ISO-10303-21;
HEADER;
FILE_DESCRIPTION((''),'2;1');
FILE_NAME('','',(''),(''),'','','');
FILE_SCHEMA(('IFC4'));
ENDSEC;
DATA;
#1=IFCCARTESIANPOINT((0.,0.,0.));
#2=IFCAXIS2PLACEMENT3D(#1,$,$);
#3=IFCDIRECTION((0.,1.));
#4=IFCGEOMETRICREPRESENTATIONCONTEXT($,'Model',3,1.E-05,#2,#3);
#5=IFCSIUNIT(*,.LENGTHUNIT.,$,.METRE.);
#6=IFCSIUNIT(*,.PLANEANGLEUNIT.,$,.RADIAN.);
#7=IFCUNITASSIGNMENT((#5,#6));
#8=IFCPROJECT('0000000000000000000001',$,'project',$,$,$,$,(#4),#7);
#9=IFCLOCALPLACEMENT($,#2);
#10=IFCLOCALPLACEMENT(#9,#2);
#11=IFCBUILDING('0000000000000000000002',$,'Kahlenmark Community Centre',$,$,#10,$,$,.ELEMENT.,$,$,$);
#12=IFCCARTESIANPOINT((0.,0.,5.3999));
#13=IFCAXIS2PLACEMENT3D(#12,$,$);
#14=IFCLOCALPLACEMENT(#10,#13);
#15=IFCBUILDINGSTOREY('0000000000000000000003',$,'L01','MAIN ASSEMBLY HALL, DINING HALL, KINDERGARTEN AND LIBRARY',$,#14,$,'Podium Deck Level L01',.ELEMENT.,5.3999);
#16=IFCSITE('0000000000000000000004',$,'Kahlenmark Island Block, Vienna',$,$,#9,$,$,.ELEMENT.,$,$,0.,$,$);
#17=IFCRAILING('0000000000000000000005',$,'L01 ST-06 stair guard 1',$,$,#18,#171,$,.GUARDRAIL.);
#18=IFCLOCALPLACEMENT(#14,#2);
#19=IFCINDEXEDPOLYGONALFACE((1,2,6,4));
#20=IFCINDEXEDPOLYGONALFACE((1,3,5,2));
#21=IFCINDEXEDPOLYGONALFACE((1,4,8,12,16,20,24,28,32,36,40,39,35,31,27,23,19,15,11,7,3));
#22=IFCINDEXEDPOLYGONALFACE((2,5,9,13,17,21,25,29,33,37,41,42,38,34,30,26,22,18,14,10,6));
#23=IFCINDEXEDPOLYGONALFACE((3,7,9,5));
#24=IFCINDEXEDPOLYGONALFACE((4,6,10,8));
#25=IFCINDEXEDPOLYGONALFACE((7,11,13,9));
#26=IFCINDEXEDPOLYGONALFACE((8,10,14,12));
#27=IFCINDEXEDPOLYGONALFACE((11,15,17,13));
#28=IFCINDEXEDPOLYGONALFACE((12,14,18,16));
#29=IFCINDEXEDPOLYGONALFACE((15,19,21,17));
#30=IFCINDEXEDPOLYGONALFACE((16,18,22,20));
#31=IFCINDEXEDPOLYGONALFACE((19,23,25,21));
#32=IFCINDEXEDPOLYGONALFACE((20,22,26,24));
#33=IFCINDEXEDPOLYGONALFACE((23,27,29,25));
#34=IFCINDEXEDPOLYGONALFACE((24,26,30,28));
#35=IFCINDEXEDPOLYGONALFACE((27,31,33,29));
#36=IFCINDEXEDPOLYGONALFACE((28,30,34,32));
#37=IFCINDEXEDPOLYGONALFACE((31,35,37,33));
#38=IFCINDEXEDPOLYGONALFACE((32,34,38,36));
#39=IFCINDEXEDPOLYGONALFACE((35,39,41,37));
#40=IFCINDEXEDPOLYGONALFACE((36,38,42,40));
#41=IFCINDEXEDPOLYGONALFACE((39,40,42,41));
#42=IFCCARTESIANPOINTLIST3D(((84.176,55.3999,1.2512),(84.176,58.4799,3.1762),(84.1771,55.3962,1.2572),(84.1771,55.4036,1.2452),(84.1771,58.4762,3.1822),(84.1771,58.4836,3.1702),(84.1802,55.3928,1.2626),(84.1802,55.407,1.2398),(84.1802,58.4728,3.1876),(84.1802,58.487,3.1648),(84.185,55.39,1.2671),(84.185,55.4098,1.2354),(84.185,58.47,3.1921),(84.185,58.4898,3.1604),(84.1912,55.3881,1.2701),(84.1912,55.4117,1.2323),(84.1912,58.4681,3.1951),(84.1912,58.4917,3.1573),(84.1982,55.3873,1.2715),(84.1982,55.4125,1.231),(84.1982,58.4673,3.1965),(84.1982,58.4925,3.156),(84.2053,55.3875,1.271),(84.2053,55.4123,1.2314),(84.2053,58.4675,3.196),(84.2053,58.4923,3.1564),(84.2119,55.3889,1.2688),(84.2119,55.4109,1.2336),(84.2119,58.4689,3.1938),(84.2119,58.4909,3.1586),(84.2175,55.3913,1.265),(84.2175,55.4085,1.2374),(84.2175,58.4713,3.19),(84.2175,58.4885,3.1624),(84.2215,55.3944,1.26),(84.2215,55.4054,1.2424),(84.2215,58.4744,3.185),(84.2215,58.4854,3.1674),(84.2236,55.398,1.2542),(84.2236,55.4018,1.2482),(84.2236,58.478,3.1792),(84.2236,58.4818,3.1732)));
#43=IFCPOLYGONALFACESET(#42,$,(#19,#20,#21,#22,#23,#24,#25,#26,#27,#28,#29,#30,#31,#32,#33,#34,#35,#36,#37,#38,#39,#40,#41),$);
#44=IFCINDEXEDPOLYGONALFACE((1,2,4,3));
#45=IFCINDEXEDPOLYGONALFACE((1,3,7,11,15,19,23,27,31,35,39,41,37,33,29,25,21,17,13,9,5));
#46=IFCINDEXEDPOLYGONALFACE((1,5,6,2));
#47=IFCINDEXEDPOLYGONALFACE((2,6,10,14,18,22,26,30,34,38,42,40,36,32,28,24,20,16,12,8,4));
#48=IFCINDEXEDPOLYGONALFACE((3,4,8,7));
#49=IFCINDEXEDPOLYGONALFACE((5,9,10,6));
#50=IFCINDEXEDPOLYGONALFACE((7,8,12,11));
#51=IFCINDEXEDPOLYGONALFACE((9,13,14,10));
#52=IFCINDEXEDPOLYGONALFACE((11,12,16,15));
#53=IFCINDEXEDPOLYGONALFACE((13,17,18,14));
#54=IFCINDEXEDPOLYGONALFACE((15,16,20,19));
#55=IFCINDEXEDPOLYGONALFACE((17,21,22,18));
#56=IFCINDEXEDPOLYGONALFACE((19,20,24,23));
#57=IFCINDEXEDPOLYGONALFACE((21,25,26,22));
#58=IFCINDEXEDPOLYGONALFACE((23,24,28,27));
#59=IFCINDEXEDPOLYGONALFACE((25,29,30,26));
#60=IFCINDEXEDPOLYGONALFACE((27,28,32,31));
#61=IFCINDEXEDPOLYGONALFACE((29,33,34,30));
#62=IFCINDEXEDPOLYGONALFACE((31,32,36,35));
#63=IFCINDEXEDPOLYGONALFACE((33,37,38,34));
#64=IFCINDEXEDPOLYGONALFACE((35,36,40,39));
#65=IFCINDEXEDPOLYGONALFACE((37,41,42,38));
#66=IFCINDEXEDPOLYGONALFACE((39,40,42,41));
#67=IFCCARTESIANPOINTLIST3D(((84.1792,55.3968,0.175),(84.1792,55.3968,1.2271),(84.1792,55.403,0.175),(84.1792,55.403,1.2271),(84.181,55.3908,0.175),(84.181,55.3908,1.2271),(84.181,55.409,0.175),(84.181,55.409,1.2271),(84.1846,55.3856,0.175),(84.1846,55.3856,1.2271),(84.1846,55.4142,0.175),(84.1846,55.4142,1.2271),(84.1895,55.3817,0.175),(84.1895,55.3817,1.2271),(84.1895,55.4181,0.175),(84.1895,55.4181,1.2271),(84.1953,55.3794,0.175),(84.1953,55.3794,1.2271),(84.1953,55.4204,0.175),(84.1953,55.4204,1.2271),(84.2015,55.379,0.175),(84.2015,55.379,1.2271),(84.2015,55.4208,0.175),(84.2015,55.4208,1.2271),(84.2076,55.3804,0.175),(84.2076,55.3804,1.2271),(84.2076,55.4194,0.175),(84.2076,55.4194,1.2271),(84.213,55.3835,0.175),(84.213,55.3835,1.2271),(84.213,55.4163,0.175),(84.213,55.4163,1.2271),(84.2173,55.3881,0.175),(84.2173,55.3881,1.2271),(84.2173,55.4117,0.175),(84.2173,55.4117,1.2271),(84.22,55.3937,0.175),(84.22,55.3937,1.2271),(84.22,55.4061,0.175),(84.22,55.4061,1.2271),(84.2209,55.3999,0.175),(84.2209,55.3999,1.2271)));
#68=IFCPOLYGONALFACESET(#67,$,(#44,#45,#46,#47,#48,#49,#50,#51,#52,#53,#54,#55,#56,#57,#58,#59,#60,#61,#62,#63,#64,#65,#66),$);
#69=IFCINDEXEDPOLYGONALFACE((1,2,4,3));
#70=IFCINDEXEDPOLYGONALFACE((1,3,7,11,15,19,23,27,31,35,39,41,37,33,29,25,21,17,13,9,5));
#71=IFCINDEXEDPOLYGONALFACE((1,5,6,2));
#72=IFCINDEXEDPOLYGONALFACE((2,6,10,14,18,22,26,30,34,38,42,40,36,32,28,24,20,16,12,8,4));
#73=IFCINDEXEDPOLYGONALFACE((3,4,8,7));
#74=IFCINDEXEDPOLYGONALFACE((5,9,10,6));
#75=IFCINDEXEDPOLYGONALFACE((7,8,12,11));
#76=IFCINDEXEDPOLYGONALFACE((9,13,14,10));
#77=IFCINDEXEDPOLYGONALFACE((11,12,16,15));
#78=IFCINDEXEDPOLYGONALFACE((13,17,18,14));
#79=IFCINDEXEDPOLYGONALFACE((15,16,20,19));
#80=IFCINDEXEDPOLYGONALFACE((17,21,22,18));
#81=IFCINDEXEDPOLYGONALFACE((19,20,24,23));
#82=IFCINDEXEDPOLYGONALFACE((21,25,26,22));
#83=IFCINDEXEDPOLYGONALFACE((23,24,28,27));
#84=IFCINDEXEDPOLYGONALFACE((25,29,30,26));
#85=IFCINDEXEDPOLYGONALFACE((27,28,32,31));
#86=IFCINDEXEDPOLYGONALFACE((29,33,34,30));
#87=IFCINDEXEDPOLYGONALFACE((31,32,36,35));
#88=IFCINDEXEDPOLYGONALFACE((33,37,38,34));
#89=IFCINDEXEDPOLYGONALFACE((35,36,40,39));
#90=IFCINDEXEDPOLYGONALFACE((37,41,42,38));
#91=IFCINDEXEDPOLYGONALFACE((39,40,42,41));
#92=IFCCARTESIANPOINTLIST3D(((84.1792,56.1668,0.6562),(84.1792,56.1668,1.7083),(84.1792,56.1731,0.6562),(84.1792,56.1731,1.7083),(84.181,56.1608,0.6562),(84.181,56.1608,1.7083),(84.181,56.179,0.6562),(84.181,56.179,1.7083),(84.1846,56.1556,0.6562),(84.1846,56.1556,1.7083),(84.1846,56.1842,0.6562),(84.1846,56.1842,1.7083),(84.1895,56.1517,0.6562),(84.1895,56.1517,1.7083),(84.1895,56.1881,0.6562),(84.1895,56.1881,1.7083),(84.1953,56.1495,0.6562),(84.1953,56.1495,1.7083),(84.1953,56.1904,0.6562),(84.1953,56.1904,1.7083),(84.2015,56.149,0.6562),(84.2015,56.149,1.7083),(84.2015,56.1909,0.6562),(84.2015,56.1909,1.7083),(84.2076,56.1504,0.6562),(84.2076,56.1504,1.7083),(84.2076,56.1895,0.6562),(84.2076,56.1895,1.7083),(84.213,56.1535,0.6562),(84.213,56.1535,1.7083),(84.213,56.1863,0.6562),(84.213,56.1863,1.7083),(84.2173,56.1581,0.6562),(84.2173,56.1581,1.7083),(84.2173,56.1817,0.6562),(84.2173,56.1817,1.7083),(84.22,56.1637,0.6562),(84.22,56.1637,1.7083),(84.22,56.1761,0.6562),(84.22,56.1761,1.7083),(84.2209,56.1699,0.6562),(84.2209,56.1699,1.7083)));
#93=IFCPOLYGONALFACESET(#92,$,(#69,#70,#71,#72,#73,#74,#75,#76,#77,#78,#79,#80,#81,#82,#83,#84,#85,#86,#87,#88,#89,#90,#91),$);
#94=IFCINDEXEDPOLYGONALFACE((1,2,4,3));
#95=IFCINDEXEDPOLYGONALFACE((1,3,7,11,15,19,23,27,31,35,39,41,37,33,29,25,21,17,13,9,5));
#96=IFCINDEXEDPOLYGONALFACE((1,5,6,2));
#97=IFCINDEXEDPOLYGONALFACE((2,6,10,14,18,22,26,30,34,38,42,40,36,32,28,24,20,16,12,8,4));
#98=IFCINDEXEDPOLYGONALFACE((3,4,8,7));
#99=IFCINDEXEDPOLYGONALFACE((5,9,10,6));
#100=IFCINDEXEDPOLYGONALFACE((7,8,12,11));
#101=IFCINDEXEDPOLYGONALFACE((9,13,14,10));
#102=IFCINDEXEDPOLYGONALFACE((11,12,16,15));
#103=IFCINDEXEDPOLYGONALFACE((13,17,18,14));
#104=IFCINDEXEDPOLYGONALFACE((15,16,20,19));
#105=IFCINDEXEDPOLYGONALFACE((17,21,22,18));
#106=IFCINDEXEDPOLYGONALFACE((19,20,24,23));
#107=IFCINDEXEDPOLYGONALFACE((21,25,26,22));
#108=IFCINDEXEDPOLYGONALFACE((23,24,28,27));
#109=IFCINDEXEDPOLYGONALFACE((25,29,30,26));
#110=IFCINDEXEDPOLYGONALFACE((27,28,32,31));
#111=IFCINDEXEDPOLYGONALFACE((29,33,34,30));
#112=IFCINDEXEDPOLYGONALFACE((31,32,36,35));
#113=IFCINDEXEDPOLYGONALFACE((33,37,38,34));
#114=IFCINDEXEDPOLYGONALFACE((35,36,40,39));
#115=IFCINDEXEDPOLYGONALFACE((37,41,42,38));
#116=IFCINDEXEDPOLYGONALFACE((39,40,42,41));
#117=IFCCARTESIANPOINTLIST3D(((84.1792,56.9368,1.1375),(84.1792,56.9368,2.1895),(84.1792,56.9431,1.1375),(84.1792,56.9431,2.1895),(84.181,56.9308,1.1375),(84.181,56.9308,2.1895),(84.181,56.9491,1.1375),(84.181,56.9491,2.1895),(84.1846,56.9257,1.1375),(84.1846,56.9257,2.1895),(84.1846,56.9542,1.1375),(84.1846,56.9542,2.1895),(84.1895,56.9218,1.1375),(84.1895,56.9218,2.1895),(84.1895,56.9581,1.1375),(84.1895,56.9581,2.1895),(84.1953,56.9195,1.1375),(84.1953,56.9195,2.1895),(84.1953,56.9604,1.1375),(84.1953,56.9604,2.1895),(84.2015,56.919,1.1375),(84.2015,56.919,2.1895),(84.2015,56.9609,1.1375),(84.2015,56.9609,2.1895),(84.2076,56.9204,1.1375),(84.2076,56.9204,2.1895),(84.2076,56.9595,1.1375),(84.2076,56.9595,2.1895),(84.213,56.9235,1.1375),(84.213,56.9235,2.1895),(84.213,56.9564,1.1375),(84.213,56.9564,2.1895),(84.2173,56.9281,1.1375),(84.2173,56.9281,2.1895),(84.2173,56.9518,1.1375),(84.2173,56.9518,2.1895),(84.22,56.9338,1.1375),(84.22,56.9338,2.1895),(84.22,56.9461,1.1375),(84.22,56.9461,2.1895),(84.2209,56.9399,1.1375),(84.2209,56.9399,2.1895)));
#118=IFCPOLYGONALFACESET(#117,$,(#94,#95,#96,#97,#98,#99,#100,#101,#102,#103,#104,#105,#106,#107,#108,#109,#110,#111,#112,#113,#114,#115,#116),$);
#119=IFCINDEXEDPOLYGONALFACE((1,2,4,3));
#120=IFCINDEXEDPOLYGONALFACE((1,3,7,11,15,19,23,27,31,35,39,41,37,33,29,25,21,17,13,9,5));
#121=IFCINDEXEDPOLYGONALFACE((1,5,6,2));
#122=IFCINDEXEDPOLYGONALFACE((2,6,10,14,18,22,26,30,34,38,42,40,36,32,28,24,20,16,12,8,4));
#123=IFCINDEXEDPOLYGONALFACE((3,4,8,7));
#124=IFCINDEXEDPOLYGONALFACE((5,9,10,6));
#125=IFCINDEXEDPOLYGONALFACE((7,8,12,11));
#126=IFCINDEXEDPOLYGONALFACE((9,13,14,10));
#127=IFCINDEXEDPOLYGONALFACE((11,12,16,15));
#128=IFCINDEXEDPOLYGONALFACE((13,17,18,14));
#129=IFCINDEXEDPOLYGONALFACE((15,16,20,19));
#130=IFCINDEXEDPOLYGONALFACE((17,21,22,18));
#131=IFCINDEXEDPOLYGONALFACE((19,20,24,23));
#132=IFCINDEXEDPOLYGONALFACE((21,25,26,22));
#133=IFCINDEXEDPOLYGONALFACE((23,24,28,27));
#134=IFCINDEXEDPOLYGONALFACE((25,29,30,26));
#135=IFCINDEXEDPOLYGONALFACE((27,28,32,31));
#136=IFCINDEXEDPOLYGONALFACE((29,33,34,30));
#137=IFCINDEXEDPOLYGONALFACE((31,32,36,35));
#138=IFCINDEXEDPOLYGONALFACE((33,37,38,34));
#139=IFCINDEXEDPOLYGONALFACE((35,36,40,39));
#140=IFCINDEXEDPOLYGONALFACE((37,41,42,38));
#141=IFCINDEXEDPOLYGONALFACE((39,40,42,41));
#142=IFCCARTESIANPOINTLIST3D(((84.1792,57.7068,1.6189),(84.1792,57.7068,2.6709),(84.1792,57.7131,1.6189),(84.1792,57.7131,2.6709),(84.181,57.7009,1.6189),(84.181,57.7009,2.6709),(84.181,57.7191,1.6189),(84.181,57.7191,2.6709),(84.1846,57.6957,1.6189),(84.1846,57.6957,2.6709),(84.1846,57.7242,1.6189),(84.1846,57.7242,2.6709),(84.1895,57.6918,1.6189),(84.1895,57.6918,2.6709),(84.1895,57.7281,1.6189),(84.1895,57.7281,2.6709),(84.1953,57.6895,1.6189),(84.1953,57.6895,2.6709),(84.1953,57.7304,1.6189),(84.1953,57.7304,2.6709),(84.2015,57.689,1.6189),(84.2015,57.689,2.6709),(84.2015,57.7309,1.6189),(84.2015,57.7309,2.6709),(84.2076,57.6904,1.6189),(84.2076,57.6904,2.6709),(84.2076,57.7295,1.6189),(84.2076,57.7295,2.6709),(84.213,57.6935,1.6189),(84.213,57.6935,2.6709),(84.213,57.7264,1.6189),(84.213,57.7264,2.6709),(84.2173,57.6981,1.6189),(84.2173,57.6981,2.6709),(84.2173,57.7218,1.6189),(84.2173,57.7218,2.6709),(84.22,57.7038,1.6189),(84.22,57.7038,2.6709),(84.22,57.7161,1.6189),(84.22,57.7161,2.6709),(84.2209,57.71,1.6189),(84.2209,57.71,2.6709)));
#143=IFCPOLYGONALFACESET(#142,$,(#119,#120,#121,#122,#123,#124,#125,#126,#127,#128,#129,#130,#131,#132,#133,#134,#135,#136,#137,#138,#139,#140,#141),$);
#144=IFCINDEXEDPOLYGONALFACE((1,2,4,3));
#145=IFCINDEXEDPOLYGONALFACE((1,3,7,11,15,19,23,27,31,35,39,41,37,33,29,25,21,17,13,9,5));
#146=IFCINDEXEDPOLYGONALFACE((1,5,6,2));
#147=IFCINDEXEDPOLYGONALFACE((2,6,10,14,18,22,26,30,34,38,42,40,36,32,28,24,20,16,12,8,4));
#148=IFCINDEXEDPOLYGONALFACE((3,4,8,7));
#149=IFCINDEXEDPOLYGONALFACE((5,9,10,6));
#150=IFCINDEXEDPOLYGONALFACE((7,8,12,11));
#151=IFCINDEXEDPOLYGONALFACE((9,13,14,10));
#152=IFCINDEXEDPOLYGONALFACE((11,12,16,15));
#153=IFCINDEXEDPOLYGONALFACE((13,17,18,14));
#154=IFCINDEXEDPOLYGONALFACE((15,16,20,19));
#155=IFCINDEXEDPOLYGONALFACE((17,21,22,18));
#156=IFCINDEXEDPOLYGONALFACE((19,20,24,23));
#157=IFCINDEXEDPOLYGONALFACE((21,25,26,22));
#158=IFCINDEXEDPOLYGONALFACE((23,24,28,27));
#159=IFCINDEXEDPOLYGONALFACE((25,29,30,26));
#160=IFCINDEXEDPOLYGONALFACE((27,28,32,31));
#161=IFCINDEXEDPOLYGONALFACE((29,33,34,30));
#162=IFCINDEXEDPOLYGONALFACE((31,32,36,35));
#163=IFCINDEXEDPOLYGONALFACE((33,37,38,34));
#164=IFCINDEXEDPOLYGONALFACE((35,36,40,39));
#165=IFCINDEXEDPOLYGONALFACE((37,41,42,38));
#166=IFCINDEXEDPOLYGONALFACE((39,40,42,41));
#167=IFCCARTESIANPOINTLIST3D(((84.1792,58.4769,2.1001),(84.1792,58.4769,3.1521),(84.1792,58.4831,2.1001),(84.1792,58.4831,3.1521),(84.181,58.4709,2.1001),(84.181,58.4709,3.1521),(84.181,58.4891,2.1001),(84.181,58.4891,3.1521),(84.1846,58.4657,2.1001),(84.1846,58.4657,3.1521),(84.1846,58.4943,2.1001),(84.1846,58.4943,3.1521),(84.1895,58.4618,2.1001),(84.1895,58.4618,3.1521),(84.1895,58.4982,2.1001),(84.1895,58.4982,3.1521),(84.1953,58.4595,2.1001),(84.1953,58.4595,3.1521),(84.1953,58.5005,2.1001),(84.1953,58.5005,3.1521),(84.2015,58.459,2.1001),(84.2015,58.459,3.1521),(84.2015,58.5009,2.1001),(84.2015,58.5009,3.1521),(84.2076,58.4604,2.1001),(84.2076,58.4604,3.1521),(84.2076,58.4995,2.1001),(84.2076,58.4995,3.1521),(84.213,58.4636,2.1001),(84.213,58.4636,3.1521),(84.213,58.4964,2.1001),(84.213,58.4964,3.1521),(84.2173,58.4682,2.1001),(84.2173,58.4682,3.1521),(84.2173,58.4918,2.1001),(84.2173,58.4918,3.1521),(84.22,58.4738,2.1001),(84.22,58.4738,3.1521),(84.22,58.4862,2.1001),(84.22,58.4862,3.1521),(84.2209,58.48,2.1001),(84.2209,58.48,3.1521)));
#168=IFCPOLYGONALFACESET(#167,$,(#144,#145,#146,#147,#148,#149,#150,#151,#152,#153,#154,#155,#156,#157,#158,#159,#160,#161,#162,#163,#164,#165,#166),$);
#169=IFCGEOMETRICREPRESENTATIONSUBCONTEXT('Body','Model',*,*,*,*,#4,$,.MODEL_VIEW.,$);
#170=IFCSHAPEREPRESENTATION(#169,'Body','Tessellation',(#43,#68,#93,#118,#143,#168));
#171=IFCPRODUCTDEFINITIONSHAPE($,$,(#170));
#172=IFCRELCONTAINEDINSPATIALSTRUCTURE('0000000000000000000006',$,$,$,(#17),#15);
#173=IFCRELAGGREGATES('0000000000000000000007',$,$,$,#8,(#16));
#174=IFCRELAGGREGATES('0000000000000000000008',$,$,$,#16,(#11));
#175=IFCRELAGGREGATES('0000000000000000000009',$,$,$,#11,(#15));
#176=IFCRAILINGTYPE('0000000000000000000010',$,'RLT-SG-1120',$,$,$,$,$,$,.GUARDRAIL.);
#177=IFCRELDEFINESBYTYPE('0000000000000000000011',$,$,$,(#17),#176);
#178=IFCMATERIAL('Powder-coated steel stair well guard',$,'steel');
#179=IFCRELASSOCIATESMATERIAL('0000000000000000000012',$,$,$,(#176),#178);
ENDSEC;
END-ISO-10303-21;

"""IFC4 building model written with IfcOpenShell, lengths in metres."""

from ifc_helpers import new_model, si_unit, direction, frame, origin, origin_2d, place, context, subcontext, project, spatial, circle, extrude, material, type_object, element, save


model = new_model("IFC4")

# Units and contexts
model_context = context("Model", 3, precision=1e-05, world=origin(), true_north=direction((0.0, 1.0)))
body_context = subcontext(model_context, "Body", "Model", "MODEL_VIEW")
ifc_project = project(units=[si_unit("LENGTHUNIT", "METRE"), si_unit("PLANEANGLEUNIT", "RADIAN")], contexts=[model_context])

# Site, building, storey
site_placement = place(None, origin())
site = spatial("IfcSite", under=ifc_project, at=site_placement, Name="Kahlenmark Island Block, Vienna", CompositionType="ELEMENT", RefElevation=0.0)
building_placement = place(site_placement, origin())
building = spatial("IfcBuilding", under=site, at=building_placement, Name="Kahlenmark Community Centre", CompositionType="ELEMENT")
storey_placement = place(building_placement, frame((0.0, 0.0, 5.3999)))
storey = spatial("IfcBuildingStorey", under=building, at=storey_placement, Name="L01", Description="MAIN ASSEMBLY HALL, DINING HALL, KINDERGARTEN AND LIBRARY", LongName="Podium Deck Level L01", CompositionType="ELEMENT", Elevation=5.3999)

# Railing
ifc_material_1 = material(Name="Powder-coated steel stair well guard", Category="steel")
railing_type_1 = type_object("IfcRailingType", Name="RLT-SG-1120", PredefinedType="GUARDRAIL", material=ifc_material_1)
railing_1_placement = place(storey_placement, frame((84.2, 55.3999, 0.175)))
element("IfcRailing", 1, at=railing_1_placement, inside=storey, type_object=railing_type_1, Name="L01 ST-06 stair guard 1", PredefinedType="GUARDRAIL", context=body_context, shape_type="SweptSolid", body=[
    extrude(circle(Radius=0.0239, at=origin_2d()), frame((0.0, 0.0, 1.0762), z_axis=(0.0, 0.847998, 0.529999), x_axis=(-1.0, 0.0, 0.0)), (0.0, 0.0, 1.0), 3.6321),
    extrude(circle(Radius=0.021, at=origin_2d()), origin(), (0.0, 0.0, 1.0), 1.052),
    extrude(circle(Radius=0.021, at=origin_2d()), frame((0.0, 0.77, 0.4812)), (0.0, 0.0, 1.0), 1.052),
    extrude(circle(Radius=0.021, at=origin_2d()), frame((0.0, 1.54, 0.9624)), (0.0, 0.0, 1.0), 1.052),
    extrude(circle(Radius=0.021, at=origin_2d()), frame((0.0, 2.3101, 1.4438)), (0.0, 0.0, 1.0), 1.052),
    extrude(circle(Radius=0.021, at=origin_2d()), frame((0.0, 3.0801, 1.925)), (0.0, 0.0, 1.0), 1.052),
])

save(model, "model.ifc")
